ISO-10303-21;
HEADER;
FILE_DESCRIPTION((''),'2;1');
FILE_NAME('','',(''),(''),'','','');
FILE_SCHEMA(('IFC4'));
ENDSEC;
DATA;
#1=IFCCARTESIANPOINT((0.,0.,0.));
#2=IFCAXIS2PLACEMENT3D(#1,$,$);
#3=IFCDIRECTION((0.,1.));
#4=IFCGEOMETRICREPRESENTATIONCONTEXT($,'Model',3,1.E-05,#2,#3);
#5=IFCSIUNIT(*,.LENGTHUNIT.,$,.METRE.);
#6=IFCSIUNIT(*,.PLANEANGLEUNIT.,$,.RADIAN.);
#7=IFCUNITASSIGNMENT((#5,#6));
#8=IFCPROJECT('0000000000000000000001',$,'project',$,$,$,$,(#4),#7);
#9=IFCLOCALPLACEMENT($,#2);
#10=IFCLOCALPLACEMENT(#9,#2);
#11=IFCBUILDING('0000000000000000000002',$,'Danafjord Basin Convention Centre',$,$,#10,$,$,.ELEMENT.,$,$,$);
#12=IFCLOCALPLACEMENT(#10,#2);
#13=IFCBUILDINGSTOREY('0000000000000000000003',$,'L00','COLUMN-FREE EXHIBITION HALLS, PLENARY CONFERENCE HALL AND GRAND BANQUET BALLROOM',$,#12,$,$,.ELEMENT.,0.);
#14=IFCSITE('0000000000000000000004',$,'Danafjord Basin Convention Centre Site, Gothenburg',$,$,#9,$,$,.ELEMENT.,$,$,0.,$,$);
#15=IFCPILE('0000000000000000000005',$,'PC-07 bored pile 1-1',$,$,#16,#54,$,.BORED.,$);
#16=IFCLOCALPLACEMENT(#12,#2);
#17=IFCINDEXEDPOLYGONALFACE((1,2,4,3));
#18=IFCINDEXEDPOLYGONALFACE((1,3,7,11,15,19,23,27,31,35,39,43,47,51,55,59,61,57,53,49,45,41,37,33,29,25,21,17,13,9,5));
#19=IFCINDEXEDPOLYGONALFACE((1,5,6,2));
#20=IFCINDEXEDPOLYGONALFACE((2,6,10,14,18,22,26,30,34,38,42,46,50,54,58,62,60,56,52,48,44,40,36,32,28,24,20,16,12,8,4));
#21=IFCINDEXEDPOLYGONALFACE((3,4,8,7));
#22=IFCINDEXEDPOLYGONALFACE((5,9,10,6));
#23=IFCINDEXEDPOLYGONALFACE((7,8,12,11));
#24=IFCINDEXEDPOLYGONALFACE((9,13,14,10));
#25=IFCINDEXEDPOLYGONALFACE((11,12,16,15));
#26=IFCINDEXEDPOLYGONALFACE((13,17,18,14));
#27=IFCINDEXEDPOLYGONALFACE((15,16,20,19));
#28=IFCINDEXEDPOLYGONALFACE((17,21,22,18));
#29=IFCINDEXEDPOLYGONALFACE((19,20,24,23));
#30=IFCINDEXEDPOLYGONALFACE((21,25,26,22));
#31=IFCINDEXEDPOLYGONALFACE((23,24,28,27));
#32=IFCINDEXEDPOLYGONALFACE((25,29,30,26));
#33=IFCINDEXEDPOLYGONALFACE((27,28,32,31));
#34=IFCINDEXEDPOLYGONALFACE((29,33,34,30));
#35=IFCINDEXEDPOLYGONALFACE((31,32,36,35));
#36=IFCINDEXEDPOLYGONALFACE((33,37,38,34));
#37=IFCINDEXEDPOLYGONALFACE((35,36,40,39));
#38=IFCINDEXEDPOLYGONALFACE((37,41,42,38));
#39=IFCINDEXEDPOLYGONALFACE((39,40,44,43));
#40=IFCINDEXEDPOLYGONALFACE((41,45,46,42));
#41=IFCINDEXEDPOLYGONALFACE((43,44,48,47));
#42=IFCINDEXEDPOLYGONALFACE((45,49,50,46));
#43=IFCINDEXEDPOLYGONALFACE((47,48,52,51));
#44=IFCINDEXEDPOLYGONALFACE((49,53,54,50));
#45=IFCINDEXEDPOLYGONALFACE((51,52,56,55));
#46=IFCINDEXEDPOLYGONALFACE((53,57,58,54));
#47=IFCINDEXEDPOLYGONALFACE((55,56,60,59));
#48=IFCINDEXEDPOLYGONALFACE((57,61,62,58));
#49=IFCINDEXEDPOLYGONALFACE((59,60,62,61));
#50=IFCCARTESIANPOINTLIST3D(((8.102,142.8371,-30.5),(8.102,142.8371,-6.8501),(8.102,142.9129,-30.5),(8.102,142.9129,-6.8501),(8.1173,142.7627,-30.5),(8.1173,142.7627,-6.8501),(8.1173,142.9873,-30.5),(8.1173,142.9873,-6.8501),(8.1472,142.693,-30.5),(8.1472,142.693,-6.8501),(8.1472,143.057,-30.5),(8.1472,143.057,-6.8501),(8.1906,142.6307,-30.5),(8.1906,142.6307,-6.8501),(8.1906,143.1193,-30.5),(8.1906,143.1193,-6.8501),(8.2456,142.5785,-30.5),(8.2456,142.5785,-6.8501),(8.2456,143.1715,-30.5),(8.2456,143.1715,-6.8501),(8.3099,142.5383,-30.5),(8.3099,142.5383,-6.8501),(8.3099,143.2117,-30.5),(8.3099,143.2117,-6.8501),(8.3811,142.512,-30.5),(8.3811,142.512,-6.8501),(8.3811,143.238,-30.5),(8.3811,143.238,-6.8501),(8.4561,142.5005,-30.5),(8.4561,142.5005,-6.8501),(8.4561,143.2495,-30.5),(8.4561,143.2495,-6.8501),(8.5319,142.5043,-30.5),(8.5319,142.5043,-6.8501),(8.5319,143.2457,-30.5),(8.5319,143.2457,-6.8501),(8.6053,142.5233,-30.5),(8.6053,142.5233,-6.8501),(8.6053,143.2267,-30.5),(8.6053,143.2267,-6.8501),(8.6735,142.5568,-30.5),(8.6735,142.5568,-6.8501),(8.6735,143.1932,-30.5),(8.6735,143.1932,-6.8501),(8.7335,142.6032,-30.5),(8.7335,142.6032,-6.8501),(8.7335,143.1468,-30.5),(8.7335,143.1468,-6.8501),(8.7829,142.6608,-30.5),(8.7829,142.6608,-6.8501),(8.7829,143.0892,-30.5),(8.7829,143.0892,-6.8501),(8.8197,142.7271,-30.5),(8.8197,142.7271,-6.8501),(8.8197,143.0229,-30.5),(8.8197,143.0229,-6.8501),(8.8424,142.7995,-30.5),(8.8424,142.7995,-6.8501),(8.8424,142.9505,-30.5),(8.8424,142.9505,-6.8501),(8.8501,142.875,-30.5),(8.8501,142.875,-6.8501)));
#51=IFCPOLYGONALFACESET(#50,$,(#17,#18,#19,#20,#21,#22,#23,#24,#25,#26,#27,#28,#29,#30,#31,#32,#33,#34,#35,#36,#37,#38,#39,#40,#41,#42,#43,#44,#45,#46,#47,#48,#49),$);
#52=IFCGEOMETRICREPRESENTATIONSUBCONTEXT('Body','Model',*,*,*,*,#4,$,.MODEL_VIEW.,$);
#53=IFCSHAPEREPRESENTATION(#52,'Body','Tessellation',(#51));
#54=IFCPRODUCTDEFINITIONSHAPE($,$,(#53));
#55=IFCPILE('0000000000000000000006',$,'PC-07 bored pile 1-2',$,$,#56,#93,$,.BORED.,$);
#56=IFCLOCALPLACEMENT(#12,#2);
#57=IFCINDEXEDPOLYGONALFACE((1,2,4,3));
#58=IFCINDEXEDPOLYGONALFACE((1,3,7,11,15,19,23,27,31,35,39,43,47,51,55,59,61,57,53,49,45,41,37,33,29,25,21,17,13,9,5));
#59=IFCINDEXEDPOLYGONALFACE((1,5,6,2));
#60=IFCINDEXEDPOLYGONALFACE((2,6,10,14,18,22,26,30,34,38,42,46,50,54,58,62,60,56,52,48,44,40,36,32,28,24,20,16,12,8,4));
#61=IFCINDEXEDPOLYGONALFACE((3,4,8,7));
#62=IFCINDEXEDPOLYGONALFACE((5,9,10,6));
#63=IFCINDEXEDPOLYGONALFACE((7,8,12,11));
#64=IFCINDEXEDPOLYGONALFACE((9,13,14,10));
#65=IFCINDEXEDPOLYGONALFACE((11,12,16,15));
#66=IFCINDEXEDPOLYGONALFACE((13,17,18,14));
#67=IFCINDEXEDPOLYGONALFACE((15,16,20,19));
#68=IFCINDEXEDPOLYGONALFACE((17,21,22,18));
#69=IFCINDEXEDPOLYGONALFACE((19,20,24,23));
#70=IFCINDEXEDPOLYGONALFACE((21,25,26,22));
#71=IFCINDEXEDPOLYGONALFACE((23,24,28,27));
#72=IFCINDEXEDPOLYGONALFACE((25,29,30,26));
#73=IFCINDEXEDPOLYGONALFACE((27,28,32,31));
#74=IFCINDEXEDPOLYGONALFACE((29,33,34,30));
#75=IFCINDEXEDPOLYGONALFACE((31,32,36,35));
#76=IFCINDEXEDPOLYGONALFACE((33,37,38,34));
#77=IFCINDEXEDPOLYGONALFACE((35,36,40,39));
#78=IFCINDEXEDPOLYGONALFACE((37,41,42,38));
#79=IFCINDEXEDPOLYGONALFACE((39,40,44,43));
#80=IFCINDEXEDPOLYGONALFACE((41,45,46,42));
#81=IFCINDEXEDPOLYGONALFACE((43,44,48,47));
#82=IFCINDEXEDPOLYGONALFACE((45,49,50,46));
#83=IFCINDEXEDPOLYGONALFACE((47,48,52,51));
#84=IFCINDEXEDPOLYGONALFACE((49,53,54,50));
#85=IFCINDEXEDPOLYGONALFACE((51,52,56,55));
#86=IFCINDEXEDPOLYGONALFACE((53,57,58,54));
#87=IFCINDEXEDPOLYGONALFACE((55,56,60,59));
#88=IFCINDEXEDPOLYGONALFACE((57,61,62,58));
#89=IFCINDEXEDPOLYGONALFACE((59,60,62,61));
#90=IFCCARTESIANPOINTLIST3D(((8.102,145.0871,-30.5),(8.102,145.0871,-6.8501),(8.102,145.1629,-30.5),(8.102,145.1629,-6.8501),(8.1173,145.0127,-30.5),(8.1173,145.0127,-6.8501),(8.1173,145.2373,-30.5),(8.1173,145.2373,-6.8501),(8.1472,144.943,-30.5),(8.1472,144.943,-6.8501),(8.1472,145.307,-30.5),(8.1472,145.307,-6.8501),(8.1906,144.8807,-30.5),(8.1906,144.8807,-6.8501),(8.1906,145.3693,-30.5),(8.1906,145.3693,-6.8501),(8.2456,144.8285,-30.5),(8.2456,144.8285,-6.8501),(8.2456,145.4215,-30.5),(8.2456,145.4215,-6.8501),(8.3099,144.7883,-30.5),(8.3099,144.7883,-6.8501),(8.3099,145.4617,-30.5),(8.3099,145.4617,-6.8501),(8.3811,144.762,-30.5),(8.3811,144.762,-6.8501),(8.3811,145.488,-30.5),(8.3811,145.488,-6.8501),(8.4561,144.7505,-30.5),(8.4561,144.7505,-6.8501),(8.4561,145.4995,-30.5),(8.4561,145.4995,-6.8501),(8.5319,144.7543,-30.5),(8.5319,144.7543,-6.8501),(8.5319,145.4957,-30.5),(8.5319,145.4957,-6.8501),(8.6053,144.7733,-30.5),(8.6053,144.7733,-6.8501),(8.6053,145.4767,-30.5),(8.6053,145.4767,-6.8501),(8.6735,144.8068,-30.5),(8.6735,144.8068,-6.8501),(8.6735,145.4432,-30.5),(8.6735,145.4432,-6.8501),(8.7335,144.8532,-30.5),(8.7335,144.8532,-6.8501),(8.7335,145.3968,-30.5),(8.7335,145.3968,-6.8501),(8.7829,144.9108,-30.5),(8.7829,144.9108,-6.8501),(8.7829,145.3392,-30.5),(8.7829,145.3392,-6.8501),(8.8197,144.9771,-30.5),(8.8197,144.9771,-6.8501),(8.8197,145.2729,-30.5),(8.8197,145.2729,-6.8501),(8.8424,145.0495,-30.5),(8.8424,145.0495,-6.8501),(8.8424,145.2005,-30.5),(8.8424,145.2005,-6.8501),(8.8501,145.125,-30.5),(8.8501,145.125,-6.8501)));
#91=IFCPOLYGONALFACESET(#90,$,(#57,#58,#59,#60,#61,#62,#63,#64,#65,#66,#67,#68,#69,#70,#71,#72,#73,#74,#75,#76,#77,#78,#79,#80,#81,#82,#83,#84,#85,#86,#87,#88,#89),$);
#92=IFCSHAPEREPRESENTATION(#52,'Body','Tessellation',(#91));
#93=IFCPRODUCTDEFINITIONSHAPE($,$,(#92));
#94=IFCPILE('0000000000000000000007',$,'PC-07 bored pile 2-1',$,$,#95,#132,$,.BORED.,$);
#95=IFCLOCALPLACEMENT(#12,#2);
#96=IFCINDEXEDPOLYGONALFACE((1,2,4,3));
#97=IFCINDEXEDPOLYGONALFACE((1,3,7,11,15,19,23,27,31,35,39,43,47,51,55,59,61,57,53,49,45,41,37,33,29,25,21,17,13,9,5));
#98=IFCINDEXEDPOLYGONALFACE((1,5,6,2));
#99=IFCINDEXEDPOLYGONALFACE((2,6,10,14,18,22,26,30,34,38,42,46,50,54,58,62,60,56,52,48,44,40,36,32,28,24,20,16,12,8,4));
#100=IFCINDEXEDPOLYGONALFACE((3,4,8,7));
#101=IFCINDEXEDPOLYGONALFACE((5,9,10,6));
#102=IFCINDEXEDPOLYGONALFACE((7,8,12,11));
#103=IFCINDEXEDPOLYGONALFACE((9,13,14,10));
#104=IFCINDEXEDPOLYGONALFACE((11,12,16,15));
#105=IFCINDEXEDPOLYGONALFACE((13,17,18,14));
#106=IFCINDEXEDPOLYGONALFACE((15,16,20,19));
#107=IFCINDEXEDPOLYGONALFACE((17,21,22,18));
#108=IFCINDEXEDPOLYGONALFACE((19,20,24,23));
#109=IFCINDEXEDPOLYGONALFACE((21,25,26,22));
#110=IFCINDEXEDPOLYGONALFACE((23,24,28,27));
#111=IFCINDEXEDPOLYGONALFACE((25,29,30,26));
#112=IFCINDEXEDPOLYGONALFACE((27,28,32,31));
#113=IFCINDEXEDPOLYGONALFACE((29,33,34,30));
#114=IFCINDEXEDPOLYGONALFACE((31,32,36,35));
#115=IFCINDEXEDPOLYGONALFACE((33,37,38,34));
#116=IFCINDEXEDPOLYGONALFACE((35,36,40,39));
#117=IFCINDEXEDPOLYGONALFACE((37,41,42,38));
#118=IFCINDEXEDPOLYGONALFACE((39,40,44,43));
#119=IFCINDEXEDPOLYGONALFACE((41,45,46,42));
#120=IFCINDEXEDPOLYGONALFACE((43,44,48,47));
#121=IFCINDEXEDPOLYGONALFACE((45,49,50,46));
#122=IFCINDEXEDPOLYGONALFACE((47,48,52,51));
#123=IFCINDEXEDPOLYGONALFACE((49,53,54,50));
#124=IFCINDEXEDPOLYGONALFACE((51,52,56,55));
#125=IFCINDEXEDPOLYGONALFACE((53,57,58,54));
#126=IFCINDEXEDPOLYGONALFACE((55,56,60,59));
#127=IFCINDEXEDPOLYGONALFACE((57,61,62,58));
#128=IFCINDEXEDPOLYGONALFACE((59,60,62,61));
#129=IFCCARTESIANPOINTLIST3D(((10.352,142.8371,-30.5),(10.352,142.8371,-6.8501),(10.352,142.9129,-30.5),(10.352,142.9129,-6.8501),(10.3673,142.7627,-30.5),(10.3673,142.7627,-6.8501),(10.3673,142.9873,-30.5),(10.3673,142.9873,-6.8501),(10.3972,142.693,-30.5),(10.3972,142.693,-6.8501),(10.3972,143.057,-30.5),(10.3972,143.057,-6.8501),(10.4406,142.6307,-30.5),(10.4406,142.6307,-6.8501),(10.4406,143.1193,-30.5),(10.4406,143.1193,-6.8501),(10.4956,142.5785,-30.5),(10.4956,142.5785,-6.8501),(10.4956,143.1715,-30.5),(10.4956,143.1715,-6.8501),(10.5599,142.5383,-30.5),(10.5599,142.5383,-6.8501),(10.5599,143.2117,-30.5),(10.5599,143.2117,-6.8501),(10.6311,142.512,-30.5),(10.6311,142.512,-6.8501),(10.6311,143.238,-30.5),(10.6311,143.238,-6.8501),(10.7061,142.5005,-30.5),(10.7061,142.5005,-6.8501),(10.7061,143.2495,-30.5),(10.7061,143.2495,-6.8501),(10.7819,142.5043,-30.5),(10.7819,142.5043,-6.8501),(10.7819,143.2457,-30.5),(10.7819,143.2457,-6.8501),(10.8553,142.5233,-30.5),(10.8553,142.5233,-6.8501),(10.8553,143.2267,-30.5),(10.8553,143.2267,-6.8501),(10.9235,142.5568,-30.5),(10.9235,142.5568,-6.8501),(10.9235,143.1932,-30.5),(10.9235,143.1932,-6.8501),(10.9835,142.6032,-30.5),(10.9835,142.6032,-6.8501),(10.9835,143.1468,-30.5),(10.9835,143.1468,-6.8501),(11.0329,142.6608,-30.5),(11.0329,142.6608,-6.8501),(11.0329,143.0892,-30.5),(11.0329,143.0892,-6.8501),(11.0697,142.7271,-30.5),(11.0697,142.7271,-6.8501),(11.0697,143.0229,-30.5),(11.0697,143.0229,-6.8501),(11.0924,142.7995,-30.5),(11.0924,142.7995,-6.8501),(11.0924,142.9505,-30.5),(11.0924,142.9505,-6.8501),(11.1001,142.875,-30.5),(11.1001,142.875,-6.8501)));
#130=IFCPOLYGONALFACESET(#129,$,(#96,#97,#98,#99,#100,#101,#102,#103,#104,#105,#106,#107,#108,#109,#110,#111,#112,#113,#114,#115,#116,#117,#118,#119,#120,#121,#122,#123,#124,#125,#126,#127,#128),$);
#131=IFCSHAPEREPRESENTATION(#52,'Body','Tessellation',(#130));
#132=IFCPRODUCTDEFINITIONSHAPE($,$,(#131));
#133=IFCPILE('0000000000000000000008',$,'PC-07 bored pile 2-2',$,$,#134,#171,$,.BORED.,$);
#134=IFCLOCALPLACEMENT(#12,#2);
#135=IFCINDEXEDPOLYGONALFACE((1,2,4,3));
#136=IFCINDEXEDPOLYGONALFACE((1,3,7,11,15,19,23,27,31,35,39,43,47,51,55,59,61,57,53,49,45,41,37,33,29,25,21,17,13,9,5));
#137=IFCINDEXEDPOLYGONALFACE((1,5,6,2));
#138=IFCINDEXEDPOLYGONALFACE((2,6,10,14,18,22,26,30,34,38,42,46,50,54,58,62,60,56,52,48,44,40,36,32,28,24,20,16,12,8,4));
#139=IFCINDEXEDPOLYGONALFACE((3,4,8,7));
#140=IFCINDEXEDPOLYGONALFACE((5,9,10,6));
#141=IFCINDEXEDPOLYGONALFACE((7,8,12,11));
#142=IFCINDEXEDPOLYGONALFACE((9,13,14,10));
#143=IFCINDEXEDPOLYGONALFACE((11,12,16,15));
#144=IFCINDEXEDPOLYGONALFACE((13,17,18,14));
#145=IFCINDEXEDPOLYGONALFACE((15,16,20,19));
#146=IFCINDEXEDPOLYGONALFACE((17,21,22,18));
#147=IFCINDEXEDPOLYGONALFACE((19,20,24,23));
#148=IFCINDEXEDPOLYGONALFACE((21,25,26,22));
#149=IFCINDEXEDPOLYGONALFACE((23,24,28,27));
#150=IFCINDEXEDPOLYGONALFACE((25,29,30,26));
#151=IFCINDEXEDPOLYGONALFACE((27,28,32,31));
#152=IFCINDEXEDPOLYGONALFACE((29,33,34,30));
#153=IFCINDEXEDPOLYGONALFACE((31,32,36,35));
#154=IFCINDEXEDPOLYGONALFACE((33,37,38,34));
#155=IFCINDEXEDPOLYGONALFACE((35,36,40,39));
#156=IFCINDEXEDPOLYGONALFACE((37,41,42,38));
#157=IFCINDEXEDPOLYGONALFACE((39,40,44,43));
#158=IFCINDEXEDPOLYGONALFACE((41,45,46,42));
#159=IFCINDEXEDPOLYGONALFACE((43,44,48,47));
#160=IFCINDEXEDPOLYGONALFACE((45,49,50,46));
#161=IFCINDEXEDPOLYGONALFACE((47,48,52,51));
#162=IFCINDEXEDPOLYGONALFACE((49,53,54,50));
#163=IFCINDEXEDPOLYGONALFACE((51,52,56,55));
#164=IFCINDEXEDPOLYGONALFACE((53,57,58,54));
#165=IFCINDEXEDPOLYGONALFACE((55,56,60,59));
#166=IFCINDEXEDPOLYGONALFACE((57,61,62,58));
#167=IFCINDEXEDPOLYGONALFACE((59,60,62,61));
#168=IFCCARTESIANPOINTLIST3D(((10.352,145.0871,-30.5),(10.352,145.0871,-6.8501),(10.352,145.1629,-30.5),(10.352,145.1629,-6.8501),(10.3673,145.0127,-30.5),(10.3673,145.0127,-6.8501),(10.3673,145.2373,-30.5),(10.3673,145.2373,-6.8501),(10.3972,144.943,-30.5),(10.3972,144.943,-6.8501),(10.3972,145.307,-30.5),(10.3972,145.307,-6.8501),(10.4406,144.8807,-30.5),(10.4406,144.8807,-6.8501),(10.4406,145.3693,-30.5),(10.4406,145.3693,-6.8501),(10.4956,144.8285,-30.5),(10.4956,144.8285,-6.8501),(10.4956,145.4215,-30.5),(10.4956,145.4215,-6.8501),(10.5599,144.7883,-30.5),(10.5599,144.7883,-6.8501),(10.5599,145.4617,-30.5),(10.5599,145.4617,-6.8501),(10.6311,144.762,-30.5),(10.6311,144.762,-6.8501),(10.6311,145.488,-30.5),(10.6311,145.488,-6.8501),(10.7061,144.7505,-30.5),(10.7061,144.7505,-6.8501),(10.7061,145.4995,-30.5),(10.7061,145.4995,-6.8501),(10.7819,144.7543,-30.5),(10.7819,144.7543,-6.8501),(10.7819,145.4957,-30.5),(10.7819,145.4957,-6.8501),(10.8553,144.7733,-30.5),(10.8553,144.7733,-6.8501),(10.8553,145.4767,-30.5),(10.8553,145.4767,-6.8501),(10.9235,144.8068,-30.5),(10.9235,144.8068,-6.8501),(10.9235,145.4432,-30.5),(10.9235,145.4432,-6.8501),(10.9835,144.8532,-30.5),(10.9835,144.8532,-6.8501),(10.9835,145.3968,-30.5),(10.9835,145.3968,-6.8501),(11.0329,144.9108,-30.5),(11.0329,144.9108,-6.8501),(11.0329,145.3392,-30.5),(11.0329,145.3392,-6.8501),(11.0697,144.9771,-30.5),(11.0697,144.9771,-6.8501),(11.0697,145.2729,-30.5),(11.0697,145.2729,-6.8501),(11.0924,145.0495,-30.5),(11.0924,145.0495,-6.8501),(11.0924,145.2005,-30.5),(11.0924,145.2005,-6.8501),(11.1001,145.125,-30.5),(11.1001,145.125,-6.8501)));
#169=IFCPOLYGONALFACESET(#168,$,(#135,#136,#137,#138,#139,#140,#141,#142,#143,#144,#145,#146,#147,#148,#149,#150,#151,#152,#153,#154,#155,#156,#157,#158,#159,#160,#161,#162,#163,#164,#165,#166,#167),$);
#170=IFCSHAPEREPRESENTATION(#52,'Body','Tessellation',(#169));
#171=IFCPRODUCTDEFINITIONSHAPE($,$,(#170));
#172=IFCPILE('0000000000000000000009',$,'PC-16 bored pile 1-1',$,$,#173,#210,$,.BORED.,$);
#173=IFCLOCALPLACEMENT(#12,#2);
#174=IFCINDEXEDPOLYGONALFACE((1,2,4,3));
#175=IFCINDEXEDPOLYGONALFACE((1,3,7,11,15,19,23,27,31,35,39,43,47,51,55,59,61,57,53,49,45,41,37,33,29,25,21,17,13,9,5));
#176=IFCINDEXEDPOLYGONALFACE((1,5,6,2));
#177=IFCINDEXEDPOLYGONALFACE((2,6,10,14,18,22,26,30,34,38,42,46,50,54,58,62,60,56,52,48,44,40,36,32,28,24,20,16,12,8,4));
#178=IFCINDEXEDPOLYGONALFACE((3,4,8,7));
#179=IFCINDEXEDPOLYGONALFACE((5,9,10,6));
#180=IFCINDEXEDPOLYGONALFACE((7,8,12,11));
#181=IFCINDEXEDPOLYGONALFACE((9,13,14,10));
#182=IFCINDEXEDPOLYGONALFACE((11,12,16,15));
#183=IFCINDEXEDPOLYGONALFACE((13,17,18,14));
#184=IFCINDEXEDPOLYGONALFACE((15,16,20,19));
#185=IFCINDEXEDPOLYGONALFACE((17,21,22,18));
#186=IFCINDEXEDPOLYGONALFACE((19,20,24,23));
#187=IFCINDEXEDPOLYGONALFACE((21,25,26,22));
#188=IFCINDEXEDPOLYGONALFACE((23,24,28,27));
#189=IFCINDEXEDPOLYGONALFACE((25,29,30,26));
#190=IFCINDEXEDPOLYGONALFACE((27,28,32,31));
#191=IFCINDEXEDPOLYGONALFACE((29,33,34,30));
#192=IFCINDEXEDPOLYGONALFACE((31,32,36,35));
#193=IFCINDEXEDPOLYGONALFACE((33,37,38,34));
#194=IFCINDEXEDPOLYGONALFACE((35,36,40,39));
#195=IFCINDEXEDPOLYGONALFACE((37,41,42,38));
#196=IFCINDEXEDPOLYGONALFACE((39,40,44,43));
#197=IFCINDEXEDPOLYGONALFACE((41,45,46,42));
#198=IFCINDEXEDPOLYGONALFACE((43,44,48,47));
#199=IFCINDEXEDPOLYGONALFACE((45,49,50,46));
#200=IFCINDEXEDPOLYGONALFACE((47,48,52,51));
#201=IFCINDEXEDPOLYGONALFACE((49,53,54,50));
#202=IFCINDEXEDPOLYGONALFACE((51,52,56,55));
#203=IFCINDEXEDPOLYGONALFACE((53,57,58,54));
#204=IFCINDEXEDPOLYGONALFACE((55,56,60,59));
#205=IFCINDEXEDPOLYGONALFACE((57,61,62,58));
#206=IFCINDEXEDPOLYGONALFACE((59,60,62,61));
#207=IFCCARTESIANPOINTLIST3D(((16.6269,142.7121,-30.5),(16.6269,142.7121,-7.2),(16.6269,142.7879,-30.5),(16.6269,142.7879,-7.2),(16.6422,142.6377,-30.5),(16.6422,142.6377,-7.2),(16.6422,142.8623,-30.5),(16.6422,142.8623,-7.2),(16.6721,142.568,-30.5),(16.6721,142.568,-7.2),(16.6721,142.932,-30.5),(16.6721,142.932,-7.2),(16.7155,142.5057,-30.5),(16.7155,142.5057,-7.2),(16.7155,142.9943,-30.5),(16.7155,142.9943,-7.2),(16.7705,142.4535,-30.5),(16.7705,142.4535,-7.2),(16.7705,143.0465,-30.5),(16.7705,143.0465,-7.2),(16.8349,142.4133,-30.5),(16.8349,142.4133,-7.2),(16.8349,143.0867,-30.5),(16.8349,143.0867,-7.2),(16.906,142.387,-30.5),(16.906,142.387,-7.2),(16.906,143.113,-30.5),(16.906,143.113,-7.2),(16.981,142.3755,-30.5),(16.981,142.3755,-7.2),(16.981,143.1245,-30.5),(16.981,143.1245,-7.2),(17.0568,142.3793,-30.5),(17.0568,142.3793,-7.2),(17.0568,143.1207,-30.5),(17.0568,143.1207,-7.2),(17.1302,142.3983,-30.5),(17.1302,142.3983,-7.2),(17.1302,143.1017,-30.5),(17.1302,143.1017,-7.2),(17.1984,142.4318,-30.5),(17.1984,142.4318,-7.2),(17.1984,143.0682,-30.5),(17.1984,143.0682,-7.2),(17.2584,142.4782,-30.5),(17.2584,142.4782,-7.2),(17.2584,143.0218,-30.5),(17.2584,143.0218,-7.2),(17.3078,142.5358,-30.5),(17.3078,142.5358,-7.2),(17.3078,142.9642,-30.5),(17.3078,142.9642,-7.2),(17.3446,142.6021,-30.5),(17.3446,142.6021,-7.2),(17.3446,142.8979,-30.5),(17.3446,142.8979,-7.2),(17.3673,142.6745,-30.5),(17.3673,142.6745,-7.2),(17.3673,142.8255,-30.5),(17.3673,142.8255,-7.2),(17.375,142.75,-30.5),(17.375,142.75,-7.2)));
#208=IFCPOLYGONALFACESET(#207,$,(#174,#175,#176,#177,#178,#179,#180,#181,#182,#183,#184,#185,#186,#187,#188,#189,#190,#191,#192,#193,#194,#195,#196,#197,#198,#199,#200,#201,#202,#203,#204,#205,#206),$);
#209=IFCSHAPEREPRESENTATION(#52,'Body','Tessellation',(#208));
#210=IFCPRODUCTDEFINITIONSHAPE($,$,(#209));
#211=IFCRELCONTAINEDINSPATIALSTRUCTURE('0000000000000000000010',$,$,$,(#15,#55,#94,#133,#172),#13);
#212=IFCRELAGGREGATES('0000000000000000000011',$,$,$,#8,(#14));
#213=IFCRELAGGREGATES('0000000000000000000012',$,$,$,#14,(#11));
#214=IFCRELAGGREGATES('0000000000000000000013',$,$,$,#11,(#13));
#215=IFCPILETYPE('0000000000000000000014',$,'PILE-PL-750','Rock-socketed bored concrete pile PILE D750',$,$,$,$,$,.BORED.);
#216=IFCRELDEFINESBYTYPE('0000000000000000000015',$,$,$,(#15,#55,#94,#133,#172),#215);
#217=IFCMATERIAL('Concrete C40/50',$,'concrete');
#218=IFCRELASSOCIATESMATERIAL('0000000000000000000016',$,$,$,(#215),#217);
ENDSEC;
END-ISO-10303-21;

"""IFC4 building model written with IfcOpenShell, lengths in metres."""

from ifc_helpers import new_model, si_unit, direction, frame, origin, origin_2d, place, context, subcontext, project, spatial, circle, extrude, material, material_profile, profile_set, type_object, element, save


model = new_model("IFC4")

# Units and contexts
model_context = context("Model", 3, precision=1e-05, world=origin(), true_north=direction((0.0, 1.0)))
body_context = subcontext(model_context, "Body", "Model", "MODEL_VIEW")
ifc_project = project(units=[si_unit("LENGTHUNIT", "METRE"), si_unit("PLANEANGLEUNIT", "RADIAN")], contexts=[model_context])

# Site, building, storey
site_placement = place(None, origin())
site = spatial("IfcSite", under=ifc_project, at=site_placement, Name="Danafjord Basin Convention Centre Site, Gothenburg", CompositionType="ELEMENT", RefElevation=0.0)
building_placement = place(site_placement, origin())
building = spatial("IfcBuilding", under=site, at=building_placement, Name="Danafjord Basin Convention Centre", CompositionType="ELEMENT")
storey_placement = place(building_placement, origin())
storey = spatial("IfcBuildingStorey", under=building, at=storey_placement, Name="L00", Description="COLUMN-FREE EXHIBITION HALLS, PLENARY CONFERENCE HALL AND GRAND BANQUET BALLROOM", CompositionType="ELEMENT", Elevation=0.0)

# Shared definitions
ifc_material_1 = material(Name="Concrete C40/50", Category="concrete")

# Piles
ifc_material_profile_1 = material_profile(ifc_material_1, circle(Radius=0.375, at=origin_2d()), Name="PILE D750")
ifc_profile_set_1 = profile_set([ifc_material_profile_1], Name="Concrete C40/50")
pile_type_1 = type_object("IfcPileType", Name="PILE-PL-750", Description="Rock-socketed bored concrete pile PILE D750", PredefinedType="BORED", material=ifc_profile_set_1)
for number, where, z_axis, x_axis, name in (
    (1, (8.4751, 142.875, -6.8501), (0.0, 0.0, -1.0), (1.0, 0.0, 0.0), "PC-07 bored pile 1-1"),
    (2, (8.4751, 145.125, -6.8501), (0.0, 0.0, -1.0), (1.0, 0.0, 0.0), "PC-07 bored pile 1-2"),
    (3, (10.7251, 142.875, -6.8501), (0.0, 0.0, -1.0), (1.0, 0.0, 0.0), "PC-07 bored pile 2-1"),
    (4, (10.7251, 145.125, -6.8501), (0.0, 0.0, -1.0), (1.0, 0.0, 0.0), "PC-07 bored pile 2-2"),
):
    element("IfcPile", number, at=place(storey_placement, frame(where, z_axis=z_axis, x_axis=x_axis)), inside=storey, type_object=pile_type_1, Name=name, PredefinedType="BORED", context=body_context, shape_type="SweptSolid", body=[
        extrude(circle(Radius=0.375, at=origin_2d()), origin(), (0.0, 0.0, 1.0), 23.6499),
    ])
pile_1_placement = place(storey_placement, frame((17.0, 142.75, -7.2), z_axis=(0.0, 0.0, -1.0), x_axis=(1.0, 0.0, 0.0)))
element("IfcPile", 5, at=pile_1_placement, inside=storey, type_object=pile_type_1, Name="PC-16 bored pile 1-1", PredefinedType="BORED", context=body_context, shape_type="SweptSolid", body=[
    extrude(circle(Radius=0.375, at=origin_2d()), origin(), (0.0, 0.0, 1.0), 23.3),
])

save(model, "model.ifc")
